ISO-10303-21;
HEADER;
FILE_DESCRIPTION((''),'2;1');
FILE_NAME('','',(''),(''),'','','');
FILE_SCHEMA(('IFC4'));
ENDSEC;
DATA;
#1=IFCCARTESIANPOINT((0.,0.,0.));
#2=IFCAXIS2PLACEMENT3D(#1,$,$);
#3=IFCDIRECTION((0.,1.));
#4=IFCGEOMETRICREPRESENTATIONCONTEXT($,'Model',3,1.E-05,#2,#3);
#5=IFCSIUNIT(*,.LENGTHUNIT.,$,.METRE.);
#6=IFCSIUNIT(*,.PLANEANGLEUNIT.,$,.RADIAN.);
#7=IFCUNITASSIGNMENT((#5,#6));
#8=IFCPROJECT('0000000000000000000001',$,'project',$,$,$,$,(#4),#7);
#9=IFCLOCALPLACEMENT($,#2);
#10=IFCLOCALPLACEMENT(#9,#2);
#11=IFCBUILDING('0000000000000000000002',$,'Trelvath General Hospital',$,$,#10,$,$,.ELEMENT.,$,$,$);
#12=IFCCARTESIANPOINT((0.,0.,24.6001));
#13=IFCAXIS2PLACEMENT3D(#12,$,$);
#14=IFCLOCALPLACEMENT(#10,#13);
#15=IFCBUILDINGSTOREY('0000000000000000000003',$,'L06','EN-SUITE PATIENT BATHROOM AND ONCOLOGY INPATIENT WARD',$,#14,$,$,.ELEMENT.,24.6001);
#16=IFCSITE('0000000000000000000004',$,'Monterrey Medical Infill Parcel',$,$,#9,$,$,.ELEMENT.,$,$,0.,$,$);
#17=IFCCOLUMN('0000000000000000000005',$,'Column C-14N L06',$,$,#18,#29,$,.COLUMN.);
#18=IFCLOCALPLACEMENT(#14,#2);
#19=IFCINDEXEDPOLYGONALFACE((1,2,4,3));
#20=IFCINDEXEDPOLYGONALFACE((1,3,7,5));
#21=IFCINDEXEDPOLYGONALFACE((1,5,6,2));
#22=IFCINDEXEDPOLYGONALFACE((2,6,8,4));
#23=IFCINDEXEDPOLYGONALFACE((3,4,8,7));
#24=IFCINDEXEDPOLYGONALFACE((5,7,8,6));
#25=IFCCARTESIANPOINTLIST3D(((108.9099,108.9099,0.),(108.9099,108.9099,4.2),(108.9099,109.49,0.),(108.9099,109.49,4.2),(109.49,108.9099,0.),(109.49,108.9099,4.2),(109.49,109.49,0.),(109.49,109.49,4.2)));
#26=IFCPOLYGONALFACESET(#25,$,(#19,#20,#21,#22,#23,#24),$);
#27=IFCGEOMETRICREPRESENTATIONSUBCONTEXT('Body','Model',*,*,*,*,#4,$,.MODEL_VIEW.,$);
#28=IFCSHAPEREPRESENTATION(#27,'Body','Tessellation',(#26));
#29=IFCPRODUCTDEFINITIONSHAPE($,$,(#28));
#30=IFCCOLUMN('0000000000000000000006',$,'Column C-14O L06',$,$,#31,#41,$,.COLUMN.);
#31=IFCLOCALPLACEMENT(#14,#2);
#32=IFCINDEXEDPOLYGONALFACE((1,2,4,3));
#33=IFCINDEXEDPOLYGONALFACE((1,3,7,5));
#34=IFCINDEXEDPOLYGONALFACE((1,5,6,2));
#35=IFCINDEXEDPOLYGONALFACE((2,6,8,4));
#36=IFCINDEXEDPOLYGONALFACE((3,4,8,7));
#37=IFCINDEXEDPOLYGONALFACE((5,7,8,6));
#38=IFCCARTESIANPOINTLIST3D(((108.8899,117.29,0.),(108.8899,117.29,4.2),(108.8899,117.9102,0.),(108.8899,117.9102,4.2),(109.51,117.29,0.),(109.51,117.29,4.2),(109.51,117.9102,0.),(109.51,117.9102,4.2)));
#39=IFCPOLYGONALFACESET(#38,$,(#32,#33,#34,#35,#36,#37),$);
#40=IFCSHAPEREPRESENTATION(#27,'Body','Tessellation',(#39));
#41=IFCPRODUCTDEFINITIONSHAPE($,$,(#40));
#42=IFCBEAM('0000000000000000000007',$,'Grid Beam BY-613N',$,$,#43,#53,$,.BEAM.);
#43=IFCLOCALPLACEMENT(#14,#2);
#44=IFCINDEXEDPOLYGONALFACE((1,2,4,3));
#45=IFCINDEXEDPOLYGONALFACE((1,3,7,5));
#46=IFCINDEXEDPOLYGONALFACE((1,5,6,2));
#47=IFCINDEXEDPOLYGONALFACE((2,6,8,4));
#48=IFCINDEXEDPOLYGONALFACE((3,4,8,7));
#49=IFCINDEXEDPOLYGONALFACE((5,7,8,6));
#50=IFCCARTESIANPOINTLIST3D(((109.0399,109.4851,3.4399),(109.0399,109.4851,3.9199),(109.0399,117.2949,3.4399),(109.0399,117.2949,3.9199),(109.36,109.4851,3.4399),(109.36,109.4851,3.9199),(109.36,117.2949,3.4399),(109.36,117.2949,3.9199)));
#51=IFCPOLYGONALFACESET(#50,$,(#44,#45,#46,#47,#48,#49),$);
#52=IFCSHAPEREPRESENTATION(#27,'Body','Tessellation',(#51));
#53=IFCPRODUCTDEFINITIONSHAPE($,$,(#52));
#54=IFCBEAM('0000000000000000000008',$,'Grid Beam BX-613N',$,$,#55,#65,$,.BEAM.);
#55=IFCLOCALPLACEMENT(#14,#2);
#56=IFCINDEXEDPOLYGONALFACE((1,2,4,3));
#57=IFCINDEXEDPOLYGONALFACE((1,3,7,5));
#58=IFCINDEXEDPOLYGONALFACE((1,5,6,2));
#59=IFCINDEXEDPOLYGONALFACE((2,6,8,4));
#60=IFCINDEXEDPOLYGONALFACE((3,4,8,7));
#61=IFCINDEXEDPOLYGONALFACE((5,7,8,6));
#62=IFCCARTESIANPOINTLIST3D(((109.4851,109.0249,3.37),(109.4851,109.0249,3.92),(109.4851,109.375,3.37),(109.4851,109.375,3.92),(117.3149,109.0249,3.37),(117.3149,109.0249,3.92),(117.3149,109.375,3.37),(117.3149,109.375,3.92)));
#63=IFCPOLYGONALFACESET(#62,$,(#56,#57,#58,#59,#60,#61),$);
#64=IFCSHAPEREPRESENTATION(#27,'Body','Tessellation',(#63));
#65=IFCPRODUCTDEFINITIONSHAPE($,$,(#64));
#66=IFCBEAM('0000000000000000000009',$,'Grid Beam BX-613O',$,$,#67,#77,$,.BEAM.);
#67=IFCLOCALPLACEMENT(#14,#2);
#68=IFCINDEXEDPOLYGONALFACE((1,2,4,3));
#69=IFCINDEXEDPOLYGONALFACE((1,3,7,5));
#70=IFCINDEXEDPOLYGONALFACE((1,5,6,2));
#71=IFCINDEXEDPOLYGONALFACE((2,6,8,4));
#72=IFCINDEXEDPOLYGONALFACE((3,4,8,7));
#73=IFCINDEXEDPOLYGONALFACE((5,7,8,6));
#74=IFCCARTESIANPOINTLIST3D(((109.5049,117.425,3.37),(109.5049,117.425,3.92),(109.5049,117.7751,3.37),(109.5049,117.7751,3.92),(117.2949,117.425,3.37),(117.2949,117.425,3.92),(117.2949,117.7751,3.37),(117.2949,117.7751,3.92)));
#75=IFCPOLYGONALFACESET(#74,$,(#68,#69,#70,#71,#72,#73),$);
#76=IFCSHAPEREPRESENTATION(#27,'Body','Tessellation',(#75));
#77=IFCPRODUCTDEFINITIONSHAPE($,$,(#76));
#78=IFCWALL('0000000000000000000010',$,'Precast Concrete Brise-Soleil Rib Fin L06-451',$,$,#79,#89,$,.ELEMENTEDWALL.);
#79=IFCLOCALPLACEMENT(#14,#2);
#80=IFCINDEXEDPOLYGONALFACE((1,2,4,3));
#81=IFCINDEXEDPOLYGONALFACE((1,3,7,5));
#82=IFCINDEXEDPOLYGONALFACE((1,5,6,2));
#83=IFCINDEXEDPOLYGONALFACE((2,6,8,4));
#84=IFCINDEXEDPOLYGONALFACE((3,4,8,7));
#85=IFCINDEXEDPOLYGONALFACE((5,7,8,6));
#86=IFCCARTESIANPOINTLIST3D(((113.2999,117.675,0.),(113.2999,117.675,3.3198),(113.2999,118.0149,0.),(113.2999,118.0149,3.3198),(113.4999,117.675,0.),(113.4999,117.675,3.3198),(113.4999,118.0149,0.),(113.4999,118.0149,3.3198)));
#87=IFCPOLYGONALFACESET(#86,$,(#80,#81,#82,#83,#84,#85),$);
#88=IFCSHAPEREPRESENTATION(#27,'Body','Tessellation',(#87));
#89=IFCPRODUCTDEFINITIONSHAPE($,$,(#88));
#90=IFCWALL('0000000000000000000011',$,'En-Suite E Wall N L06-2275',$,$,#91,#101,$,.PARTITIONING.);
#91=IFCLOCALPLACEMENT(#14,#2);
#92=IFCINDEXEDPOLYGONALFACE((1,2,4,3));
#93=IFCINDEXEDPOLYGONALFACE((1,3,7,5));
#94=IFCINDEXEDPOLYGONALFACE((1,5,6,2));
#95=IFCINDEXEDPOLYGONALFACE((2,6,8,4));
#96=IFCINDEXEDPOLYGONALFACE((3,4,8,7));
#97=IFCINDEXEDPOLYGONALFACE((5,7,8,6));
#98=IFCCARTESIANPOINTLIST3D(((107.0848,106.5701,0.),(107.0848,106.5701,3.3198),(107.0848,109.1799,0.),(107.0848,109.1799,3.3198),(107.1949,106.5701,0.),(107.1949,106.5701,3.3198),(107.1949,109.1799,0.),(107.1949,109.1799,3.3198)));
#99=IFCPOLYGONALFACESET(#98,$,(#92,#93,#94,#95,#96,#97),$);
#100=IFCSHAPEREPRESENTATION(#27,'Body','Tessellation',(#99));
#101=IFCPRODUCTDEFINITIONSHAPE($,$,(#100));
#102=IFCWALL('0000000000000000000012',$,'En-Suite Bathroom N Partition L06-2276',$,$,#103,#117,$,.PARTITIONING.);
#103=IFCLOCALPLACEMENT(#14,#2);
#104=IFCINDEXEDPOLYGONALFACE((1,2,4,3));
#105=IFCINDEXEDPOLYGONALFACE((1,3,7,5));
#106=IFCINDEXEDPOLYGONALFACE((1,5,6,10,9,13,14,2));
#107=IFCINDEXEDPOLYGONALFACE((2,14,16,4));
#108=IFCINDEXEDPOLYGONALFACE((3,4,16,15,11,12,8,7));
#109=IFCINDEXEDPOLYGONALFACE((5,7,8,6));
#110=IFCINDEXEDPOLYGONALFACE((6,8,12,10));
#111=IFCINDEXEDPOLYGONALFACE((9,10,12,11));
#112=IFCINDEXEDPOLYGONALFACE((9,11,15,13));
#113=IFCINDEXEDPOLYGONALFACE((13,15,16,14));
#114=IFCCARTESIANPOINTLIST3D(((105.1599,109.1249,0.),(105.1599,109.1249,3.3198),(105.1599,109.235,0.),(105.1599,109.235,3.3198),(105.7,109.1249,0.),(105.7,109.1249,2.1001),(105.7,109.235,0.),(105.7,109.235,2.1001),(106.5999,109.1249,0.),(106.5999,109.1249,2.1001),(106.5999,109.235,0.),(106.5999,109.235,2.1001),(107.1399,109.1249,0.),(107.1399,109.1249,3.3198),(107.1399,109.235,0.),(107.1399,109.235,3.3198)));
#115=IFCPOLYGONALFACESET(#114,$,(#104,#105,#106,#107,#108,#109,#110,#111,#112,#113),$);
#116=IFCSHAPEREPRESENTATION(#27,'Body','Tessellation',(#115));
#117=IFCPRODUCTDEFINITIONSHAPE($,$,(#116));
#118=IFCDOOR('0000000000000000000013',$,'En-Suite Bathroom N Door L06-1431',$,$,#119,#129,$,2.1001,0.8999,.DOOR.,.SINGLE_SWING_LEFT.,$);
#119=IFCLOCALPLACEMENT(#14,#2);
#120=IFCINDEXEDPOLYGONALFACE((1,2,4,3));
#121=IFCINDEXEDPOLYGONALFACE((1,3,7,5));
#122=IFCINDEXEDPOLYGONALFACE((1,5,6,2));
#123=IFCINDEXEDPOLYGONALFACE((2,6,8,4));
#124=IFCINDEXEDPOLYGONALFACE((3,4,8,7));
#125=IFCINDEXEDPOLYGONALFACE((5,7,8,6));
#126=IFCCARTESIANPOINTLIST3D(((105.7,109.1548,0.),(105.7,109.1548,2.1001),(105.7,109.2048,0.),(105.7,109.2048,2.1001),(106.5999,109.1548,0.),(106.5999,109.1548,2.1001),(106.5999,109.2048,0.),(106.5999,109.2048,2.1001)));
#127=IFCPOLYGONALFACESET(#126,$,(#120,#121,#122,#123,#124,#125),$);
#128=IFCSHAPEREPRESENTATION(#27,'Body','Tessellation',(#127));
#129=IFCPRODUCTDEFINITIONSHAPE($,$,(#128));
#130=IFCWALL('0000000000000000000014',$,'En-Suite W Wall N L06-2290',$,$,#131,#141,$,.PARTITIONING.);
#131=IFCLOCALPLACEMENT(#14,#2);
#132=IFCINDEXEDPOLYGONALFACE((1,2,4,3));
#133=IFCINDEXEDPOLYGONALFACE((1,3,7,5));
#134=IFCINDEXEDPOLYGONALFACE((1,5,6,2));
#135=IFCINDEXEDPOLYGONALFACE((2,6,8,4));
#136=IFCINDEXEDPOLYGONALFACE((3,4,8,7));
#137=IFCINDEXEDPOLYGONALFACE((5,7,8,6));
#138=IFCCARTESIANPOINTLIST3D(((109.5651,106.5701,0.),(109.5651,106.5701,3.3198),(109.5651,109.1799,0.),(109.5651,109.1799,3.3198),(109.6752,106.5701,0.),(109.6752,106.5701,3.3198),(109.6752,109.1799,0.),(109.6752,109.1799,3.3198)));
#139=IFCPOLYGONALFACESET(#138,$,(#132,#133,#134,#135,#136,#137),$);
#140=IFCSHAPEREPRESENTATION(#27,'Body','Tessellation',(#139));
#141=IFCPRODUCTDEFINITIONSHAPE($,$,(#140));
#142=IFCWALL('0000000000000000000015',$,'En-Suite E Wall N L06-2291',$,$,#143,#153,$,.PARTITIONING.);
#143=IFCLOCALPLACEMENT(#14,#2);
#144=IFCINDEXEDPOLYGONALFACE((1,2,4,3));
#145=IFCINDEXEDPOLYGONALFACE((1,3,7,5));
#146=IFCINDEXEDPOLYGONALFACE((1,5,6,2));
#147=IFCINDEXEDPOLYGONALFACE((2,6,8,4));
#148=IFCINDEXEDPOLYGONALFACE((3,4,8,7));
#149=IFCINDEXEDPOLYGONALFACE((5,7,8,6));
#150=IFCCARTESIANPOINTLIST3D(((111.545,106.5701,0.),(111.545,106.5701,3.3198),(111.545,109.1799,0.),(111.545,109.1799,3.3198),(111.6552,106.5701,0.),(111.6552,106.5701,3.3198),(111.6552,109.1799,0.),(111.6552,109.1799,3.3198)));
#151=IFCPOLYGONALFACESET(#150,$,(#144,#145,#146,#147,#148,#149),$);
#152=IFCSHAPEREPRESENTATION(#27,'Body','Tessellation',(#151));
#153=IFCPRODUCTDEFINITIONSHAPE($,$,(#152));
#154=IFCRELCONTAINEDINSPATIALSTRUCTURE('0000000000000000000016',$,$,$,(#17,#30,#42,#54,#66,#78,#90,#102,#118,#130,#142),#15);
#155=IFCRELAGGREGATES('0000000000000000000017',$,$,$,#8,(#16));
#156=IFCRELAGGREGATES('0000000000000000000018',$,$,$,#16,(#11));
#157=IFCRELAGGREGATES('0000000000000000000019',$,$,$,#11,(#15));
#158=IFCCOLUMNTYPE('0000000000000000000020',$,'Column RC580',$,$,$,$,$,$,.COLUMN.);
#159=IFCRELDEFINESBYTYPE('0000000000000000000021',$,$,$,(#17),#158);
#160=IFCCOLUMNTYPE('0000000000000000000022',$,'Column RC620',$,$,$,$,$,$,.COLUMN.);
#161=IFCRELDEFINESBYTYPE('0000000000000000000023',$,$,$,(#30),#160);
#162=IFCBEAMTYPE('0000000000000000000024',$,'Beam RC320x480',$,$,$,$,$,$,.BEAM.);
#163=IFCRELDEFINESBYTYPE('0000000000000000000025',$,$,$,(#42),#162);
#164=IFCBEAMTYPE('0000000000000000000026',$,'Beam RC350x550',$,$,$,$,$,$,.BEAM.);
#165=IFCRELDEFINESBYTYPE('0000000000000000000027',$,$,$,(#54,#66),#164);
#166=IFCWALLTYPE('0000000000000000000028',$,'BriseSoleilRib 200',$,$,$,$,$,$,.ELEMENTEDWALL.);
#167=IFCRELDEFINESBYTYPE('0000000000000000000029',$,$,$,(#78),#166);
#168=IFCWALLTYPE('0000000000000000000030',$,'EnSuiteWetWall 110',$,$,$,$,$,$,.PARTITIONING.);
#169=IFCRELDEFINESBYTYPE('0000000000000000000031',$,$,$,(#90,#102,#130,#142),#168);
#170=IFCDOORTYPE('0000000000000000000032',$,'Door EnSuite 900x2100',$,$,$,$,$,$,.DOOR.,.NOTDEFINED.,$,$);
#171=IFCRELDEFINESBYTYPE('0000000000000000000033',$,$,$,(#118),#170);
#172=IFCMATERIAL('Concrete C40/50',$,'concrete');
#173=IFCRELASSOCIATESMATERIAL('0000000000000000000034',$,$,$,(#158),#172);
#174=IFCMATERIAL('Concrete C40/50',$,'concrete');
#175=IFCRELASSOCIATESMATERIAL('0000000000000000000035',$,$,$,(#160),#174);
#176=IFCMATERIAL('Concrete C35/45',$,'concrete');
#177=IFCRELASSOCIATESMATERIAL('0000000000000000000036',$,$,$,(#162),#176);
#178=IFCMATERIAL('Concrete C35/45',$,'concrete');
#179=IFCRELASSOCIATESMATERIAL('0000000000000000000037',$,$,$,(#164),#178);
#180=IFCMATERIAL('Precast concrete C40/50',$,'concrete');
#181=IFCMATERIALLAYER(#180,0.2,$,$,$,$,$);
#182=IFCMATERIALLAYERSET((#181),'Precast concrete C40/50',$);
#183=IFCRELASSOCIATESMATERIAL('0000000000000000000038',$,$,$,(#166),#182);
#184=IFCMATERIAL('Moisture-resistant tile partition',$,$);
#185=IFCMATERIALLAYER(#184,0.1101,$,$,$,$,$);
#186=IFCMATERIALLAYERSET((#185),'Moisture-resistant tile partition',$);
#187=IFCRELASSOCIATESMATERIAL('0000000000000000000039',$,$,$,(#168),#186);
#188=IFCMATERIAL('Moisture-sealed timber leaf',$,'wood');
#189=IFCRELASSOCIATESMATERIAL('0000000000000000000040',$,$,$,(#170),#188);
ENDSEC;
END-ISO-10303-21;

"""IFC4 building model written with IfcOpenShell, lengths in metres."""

from ifc_helpers import new_model, si_unit, direction, frame, frame_2d, origin, origin_2d, place, context, subcontext, project, spatial, rectangle, extrude, material, layer, layer_set, material_profile, profile_set, type_object, element, fill, save


model = new_model("IFC4")

# Units and contexts
model_context = context("Model", 3, precision=1e-05, world=origin(), true_north=direction((0.0, 1.0)))
body_context = subcontext(model_context, "Body", "Model", "MODEL_VIEW")
ifc_project = project(units=[si_unit("LENGTHUNIT", "METRE"), si_unit("PLANEANGLEUNIT", "RADIAN")], contexts=[model_context])

# Site, building, storey
site_placement = place(None, origin())
site = spatial("IfcSite", under=ifc_project, at=site_placement, Name="Monterrey Medical Infill Parcel", CompositionType="ELEMENT", RefElevation=0.0)
building_placement = place(site_placement, origin())
building = spatial("IfcBuilding", under=site, at=building_placement, Name="Trelvath General Hospital", CompositionType="ELEMENT")
storey_placement = place(building_placement, frame((0.0, 0.0, 24.6001)))
storey = spatial("IfcBuildingStorey", under=building, at=storey_placement, Name="L06", Description="EN-SUITE PATIENT BATHROOM AND ONCOLOGY INPATIENT WARD", CompositionType="ELEMENT", Elevation=24.6001)

# Columns
ifc_material_1 = material(Name="Concrete C40/50", Category="concrete")
ifc_material_profile_1 = material_profile(ifc_material_1, rectangle(XDim=0.5801, YDim=0.5801, at=origin_2d()), Name="RC580x580")
ifc_profile_set_1 = profile_set([ifc_material_profile_1], Name="Concrete C40/50")
column_type_1 = type_object("IfcColumnType", Name="Column RC580", PredefinedType="COLUMN", material=ifc_profile_set_1)
column_1_placement = place(storey_placement, frame((109.2, 109.2, 0.0), z_axis=(0.0, 0.0, 1.0), x_axis=(1.0, 0.0, 0.0)))
element("IfcColumn", 1, at=column_1_placement, inside=storey, type_object=column_type_1, Name="Column C-14N L06", PredefinedType="COLUMN", context=body_context, shape_type="SweptSolid", body=[
    extrude(rectangle(XDim=0.5801, YDim=0.5801, at=origin_2d()), origin(), (0.0, 0.0, 1.0), 4.2),
])
ifc_material_2 = material(Name="Concrete C40/50", Category="concrete")
ifc_material_profile_2 = material_profile(ifc_material_2, rectangle(XDim=0.6201, YDim=0.6201, at=origin_2d()), Name="RC620x620")
ifc_profile_set_2 = profile_set([ifc_material_profile_2], Name="Concrete C40/50")
column_type_2 = type_object("IfcColumnType", Name="Column RC620", PredefinedType="COLUMN", material=ifc_profile_set_2)
column_2_placement = place(storey_placement, frame((109.2, 117.6001, 0.0), z_axis=(0.0, 0.0, 1.0), x_axis=(1.0, 0.0, 0.0)))
element("IfcColumn", 2, at=column_2_placement, inside=storey, type_object=column_type_2, Name="Column C-14O L06", PredefinedType="COLUMN", context=body_context, shape_type="SweptSolid", body=[
    extrude(rectangle(XDim=0.6201, YDim=0.6201, at=origin_2d()), origin(), (0.0, 0.0, 1.0), 4.2),
])

# Beams
ifc_material_3 = material(Name="Concrete C35/45", Category="concrete")
ifc_material_profile_3 = material_profile(ifc_material_3, rectangle(XDim=0.3201, YDim=0.48, at=origin_2d()), Name="RCB320x480")
ifc_profile_set_3 = profile_set([ifc_material_profile_3], Name="Concrete C35/45")
beam_type_1 = type_object("IfcBeamType", Name="Beam RC320x480", PredefinedType="BEAM", material=ifc_profile_set_3)
beam_1_placement = place(storey_placement, frame((109.2, 109.4851, 3.6799), z_axis=(0.0, 1.0, 0.0), x_axis=(-1.0, 0.0, 0.0)))
element("IfcBeam", 3, at=beam_1_placement, inside=storey, type_object=beam_type_1, Name="Grid Beam BY-613N", PredefinedType="BEAM", context=body_context, shape_type="SweptSolid", body=[
    extrude(rectangle(XDim=0.3201, YDim=0.48, at=origin_2d()), origin(), (0.0, 0.0, 1.0), 7.8098),
])
ifc_material_4 = material(Name="Concrete C35/45", Category="concrete")
ifc_material_profile_4 = material_profile(ifc_material_4, rectangle(XDim=0.3501, YDim=0.55, at=origin_2d()), Name="RCB350x550")
ifc_profile_set_4 = profile_set([ifc_material_profile_4], Name="Concrete C35/45")
beam_type_2 = type_object("IfcBeamType", Name="Beam RC350x550", PredefinedType="BEAM", material=ifc_profile_set_4)
beam_2_placement = place(storey_placement, frame((109.4851, 109.2, 3.645), z_axis=(1.0, 0.0, 0.0), x_axis=(0.0, 1.0, 0.0)))
element("IfcBeam", 4, at=beam_2_placement, inside=storey, type_object=beam_type_2, Name="Grid Beam BX-613N", PredefinedType="BEAM", context=body_context, shape_type="SweptSolid", body=[
    extrude(rectangle(XDim=0.3501, YDim=0.55, at=origin_2d()), origin(), (0.0, 0.0, 1.0), 7.8298),
])
beam_3_placement = place(storey_placement, frame((109.5049, 117.6001, 3.645), z_axis=(1.0, 0.0, 0.0), x_axis=(0.0, 1.0, 0.0)))
element("IfcBeam", 5, at=beam_3_placement, inside=storey, type_object=beam_type_2, Name="Grid Beam BX-613O", PredefinedType="BEAM", context=body_context, shape_type="SweptSolid", body=[
    extrude(rectangle(XDim=0.3501, YDim=0.55, at=origin_2d()), origin(), (0.0, 0.0, 1.0), 7.79),
])

# Walls
ifc_material_5 = material(Name="Precast concrete C40/50", Category="concrete")
ifc_layer_1 = layer(ifc_material_5, 0.2)
ifc_layer_set_1 = layer_set([ifc_layer_1], Name="Precast concrete C40/50")
wall_type_1 = type_object("IfcWallType", Name="BriseSoleilRib 200", PredefinedType="ELEMENTEDWALL", material=ifc_layer_set_1)
wall_1_placement = place(storey_placement, frame((113.3999, 117.675, 0.0), z_axis=(0.0, 0.0, 1.0), x_axis=(0.0, 1.0, 0.0)))
element("IfcWall", 6, at=wall_1_placement, inside=storey, type_object=wall_type_1, Name="Precast Concrete Brise-Soleil Rib Fin L06-451", PredefinedType="ELEMENTEDWALL", context=body_context, shape_type="SweptSolid", body=[
    extrude(rectangle(XDim=0.3398, YDim=0.2, at=frame_2d((0.1699, 0.0))), origin(), (0.0, 0.0, 1.0), 3.3198),
])
ifc_material_6 = material(Name="Moisture-resistant tile partition")
ifc_layer_2 = layer(ifc_material_6, 0.1101)
ifc_layer_set_2 = layer_set([ifc_layer_2], Name="Moisture-resistant tile partition")
wall_type_2 = type_object("IfcWallType", Name="EnSuiteWetWall 110", PredefinedType="PARTITIONING", material=ifc_layer_set_2)
wall_2_placement = place(storey_placement, frame((107.1399, 106.5701, 0.0), z_axis=(0.0, 0.0, 1.0), x_axis=(0.0, 1.0, 0.0)))
element("IfcWall", 7, at=wall_2_placement, inside=storey, type_object=wall_type_2, Name="En-Suite E Wall N L06-2275", PredefinedType="PARTITIONING", context=body_context, shape_type="SweptSolid", body=[
    extrude(rectangle(XDim=2.6099, YDim=0.1101, at=frame_2d((1.3049, 0.0))), origin(), (0.0, 0.0, 1.0), 3.3198),
])

# Wall, opening, door
wall_3_placement = place(storey_placement, frame((105.1599, 109.1799, 0.0), z_axis=(0.0, 0.0, 1.0), x_axis=(1.0, 0.0, 0.0)))
wall_3 = element("IfcWall", 8, at=wall_3_placement, inside=storey, type_object=wall_type_2, Name="En-Suite Bathroom N Partition L06-2276", PredefinedType="PARTITIONING", context=body_context, shape_type="SweptSolid", body=[
    extrude(rectangle(XDim=1.98, YDim=0.1101, at=frame_2d((0.99, 0.0))), origin(), (0.0, 0.0, 1.0), 3.3198),
])
opening_1_placement = place(wall_3_placement, frame((0.54, 0.0, 0.0)))
opening_1 = element("IfcOpeningElement", 9, at=opening_1_placement, cuts=wall_3, PredefinedType="OPENING", context=body_context, shape_type="SweptSolid", body=[
    extrude(rectangle(XDim=0.8999, YDim=2.1001, at=frame_2d((0.45, 1.05))), frame((0.0, 0.0649, 0.0), z_axis=(0.0, -1.0, 0.0), x_axis=(1.0, 0.0, 0.0)), (0.0, 0.0, 1.0), 0.1301),
])
ifc_material_7 = material(Name="Moisture-sealed timber leaf", Category="wood")
door_type = type_object("IfcDoorType", Name="Door EnSuite 900x2100", OperationType="NOTDEFINED", PredefinedType="DOOR", material=ifc_material_7)
door_1_placement = place(opening_1_placement, origin())
door_1 = element("IfcDoor", 10, at=door_1_placement, inside=storey, type_object=door_type, Name="En-Suite Bathroom N Door L06-1431", OperationType="SINGLE_SWING_LEFT", OverallHeight=2.1001, OverallWidth=0.8999, PredefinedType="DOOR", context=body_context, shape_type="SweptSolid", body=[
    extrude(rectangle(XDim=0.8999, YDim=2.1001, at=frame_2d((0.45, 1.05))), frame((0.0, 0.0249, 0.0), z_axis=(0.0, -1.0, 0.0), x_axis=(1.0, 0.0, 0.0)), (0.0, 0.0, 1.0), 0.05),
])
fill(opening_1, door_1)

# Walls
for number, where, z_axis, x_axis, name in (
    (11, (109.6201, 106.5701, 0.0), (0.0, 0.0, 1.0), (0.0, 1.0, 0.0), "En-Suite W Wall N L06-2290"),
    (12, (111.6001, 106.5701, 0.0), (0.0, 0.0, 1.0), (0.0, 1.0, 0.0), "En-Suite E Wall N L06-2291"),
):
    element("IfcWall", number, at=place(storey_placement, frame(where, z_axis=z_axis, x_axis=x_axis)), inside=storey, type_object=wall_type_2, Name=name, PredefinedType="PARTITIONING", context=body_context, shape_type="SweptSolid", body=[
        extrude(rectangle(XDim=2.6099, YDim=0.1101, at=frame_2d((1.3049, 0.0))), origin(), (0.0, 0.0, 1.0), 3.3198),
    ])

save(model, "model.ifc")
